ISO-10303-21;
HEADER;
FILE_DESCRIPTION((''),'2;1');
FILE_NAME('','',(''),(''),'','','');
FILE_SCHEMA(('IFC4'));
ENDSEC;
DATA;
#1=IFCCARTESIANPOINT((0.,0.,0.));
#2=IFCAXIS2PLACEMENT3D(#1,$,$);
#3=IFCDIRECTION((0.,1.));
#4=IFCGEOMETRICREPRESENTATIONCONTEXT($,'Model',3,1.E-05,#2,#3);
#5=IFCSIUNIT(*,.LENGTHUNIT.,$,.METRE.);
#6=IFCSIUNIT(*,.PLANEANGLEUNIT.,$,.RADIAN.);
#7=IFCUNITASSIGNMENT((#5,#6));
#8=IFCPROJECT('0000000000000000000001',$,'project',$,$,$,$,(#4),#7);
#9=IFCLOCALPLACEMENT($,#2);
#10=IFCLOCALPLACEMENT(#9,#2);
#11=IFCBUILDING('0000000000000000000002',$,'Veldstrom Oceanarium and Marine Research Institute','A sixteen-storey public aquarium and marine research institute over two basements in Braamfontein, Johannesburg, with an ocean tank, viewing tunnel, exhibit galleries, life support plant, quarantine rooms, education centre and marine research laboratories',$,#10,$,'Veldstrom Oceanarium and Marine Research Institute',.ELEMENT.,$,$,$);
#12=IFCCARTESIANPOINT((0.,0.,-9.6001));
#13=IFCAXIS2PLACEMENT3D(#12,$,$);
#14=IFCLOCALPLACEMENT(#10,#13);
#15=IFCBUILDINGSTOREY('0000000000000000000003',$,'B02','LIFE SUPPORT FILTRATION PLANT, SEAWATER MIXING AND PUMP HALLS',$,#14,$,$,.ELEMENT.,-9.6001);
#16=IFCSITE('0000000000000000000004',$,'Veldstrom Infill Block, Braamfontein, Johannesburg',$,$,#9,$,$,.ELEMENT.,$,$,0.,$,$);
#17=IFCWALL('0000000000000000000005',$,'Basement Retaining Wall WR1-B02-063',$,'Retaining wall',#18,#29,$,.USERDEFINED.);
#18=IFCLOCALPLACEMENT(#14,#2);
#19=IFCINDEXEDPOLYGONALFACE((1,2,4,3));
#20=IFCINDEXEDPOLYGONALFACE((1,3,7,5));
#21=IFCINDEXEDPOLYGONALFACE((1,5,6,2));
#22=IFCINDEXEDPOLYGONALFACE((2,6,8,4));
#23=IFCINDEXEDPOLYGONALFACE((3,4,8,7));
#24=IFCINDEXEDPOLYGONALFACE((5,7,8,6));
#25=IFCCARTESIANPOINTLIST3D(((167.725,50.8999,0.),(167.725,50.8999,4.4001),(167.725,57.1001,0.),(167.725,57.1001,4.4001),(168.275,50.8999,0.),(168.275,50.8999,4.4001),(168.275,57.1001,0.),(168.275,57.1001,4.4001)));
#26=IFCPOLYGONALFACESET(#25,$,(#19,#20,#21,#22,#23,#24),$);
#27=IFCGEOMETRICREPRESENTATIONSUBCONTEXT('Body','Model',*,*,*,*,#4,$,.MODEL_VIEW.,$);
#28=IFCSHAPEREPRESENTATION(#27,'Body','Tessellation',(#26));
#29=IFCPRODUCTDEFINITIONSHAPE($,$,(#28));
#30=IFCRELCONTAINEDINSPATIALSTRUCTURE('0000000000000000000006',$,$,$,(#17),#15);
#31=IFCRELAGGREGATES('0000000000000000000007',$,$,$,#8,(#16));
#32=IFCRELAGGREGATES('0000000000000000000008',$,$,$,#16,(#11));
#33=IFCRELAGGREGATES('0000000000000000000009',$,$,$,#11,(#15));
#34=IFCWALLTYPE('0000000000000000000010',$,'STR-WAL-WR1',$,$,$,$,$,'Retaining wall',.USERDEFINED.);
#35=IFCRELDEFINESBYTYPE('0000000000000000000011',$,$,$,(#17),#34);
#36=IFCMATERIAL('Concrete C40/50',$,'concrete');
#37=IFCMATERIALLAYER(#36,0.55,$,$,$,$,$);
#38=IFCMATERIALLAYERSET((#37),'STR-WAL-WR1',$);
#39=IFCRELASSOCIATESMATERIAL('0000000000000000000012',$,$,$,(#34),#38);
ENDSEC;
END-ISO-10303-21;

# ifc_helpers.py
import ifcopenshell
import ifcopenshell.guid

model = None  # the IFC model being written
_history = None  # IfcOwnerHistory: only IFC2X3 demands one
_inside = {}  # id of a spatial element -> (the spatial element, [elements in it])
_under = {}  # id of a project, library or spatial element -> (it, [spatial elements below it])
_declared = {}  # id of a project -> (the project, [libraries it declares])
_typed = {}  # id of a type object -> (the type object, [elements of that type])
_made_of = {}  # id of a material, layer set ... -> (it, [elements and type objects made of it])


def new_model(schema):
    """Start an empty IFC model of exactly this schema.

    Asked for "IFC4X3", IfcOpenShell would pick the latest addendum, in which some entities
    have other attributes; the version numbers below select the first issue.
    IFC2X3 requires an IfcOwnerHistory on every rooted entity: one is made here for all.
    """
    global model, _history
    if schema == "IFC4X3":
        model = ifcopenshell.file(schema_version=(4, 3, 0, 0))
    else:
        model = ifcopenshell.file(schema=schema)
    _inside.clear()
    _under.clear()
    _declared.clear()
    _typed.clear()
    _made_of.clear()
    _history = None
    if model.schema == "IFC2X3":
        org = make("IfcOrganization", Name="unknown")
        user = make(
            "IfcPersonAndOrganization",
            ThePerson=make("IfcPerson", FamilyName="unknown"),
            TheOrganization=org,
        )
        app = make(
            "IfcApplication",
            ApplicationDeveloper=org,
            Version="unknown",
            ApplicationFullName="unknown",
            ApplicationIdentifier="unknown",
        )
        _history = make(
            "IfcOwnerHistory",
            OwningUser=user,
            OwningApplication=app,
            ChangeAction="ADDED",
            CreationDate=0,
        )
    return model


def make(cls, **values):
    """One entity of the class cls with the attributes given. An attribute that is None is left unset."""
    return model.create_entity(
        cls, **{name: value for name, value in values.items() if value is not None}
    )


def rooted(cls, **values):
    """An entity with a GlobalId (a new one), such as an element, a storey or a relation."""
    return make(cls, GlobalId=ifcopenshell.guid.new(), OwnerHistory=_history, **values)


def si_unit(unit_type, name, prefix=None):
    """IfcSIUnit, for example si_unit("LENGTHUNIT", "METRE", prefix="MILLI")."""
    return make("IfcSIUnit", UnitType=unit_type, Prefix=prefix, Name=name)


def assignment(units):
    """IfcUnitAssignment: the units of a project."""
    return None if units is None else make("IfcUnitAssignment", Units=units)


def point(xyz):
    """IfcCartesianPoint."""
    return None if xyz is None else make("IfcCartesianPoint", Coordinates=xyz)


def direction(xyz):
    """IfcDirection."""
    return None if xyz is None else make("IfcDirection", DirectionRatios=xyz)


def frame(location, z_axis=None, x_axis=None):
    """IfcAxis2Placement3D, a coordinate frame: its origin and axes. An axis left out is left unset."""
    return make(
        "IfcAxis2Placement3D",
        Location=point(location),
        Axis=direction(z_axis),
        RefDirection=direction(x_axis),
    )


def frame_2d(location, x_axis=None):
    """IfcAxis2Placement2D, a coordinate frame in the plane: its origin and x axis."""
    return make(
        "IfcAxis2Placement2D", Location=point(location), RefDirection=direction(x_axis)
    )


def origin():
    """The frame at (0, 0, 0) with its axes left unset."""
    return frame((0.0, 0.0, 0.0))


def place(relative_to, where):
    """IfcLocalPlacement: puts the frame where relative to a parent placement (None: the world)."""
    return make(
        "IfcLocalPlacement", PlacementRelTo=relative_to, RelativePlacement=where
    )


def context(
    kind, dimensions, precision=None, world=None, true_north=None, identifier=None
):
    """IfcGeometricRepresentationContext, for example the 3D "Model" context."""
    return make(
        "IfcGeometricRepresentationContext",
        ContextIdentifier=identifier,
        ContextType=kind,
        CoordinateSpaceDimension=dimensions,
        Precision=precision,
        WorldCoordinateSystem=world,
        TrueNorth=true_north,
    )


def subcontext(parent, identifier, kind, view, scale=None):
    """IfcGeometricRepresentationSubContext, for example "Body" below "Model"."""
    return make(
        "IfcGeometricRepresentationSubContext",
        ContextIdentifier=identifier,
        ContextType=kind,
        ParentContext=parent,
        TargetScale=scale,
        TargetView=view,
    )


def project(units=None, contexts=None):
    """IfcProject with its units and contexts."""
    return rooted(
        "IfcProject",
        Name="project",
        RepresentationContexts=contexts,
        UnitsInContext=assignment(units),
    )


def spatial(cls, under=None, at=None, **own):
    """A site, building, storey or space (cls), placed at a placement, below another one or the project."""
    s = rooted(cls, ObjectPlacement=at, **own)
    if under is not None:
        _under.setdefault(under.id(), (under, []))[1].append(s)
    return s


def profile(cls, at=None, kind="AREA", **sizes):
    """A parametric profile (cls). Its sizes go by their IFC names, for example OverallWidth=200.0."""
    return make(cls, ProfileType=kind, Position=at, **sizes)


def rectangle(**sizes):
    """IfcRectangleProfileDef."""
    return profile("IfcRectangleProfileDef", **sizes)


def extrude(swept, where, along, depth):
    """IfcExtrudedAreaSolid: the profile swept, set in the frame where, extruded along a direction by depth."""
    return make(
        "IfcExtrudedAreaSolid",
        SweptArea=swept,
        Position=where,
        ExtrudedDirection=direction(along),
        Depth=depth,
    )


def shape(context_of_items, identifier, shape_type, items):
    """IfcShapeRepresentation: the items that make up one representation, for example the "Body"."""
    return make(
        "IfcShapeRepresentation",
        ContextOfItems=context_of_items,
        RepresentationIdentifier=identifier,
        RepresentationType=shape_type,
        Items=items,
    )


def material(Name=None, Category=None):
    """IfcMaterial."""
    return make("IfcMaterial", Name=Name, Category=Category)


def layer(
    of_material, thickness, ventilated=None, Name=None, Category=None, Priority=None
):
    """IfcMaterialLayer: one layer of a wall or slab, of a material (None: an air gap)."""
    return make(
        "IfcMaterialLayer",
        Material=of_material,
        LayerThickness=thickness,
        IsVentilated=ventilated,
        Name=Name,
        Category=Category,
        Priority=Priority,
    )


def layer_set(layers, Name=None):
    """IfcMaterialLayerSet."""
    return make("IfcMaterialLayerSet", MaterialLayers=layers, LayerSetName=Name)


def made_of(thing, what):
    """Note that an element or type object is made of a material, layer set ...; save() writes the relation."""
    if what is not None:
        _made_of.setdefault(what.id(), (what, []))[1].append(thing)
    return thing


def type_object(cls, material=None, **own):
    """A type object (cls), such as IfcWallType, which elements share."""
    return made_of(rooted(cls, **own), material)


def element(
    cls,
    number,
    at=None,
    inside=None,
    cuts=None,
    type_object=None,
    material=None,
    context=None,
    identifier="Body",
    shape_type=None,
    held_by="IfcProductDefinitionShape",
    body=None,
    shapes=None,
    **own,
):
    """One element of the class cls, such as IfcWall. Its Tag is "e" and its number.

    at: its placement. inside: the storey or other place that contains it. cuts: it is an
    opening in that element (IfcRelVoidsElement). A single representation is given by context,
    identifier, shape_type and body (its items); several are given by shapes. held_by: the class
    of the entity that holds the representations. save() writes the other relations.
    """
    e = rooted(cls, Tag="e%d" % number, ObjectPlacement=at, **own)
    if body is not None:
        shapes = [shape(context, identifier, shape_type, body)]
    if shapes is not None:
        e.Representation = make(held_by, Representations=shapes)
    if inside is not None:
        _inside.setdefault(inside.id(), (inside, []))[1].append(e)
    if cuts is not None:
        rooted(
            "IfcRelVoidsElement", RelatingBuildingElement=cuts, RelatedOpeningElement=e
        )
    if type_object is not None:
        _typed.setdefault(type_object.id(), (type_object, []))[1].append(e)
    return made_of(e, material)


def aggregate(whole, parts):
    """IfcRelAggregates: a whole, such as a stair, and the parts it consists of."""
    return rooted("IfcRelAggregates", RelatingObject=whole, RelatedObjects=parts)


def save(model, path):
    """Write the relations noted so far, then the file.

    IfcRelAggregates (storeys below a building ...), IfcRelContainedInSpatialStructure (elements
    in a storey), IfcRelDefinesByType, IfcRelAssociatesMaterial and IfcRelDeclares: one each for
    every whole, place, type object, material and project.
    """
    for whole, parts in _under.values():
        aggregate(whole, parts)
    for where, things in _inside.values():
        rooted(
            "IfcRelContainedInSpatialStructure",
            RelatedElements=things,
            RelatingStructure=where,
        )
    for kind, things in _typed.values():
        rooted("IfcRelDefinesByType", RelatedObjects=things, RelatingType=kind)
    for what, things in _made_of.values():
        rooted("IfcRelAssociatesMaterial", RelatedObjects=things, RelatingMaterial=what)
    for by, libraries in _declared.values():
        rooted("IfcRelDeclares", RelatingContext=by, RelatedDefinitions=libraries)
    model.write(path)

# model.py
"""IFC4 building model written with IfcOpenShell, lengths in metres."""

from ifc_helpers import new_model, si_unit, direction, frame, frame_2d, origin, place, context, subcontext, project, spatial, rectangle, extrude, material, layer, layer_set, type_object, element, save


model = new_model("IFC4")

# Units and contexts
model_context = context("Model", 3, precision=1e-05, world=origin(), true_north=direction((0.0, 1.0)))
body_context = subcontext(model_context, "Body", "Model", "MODEL_VIEW")
ifc_project = project(units=[si_unit("LENGTHUNIT", "METRE"), si_unit("PLANEANGLEUNIT", "RADIAN")], contexts=[model_context])

# Site, building, storey
site_placement = place(None, origin())
site = spatial("IfcSite", under=ifc_project, at=site_placement, Name="Veldstrom Infill Block, Braamfontein, Johannesburg", CompositionType="ELEMENT", RefElevation=0.0)
building_placement = place(site_placement, origin())
building = spatial("IfcBuilding", under=site, at=building_placement, Name="Veldstrom Oceanarium and Marine Research Institute", Description="A sixteen-storey public aquarium and marine research institute over two basements in Braamfontein, Johannesburg, with an ocean tank, viewing tunnel, exhibit galleries, life support plant, quarantine rooms, education centre and marine research laboratories", LongName="Veldstrom Oceanarium and Marine Research Institute", CompositionType="ELEMENT")
storey_placement = place(building_placement, frame((0.0, 0.0, -9.6001)))
storey = spatial("IfcBuildingStorey", under=building, at=storey_placement, Name="B02", Description="LIFE SUPPORT FILTRATION PLANT, SEAWATER MIXING AND PUMP HALLS", CompositionType="ELEMENT", Elevation=-9.6001)

# Wall
ifc_material_1 = material(Name="Concrete C40/50", Category="concrete")
ifc_layer_1 = layer(ifc_material_1, 0.55)
ifc_layer_set_1 = layer_set([ifc_layer_1], Name="STR-WAL-WR1")
wall_type_1 = type_object("IfcWallType", Name="STR-WAL-WR1", ElementType="Retaining wall", PredefinedType="USERDEFINED", material=ifc_layer_set_1)
wall_1_placement = place(storey_placement, frame((168.0, 50.8999, 0.0), z_axis=(0.0, 0.0, 1.0), x_axis=(0.0, 1.0, 0.0)))
element("IfcWall", 1, at=wall_1_placement, inside=storey, type_object=wall_type_1, Name="Basement Retaining Wall WR1-B02-063", ObjectType="Retaining wall", PredefinedType="USERDEFINED", context=body_context, shape_type="SweptSolid", body=[
    extrude(rectangle(XDim=6.2002, YDim=0.55, at=frame_2d((3.1001, 0.0))), origin(), (0.0, 0.0, 1.0), 4.4001),
])

save(model, "model.ifc")
